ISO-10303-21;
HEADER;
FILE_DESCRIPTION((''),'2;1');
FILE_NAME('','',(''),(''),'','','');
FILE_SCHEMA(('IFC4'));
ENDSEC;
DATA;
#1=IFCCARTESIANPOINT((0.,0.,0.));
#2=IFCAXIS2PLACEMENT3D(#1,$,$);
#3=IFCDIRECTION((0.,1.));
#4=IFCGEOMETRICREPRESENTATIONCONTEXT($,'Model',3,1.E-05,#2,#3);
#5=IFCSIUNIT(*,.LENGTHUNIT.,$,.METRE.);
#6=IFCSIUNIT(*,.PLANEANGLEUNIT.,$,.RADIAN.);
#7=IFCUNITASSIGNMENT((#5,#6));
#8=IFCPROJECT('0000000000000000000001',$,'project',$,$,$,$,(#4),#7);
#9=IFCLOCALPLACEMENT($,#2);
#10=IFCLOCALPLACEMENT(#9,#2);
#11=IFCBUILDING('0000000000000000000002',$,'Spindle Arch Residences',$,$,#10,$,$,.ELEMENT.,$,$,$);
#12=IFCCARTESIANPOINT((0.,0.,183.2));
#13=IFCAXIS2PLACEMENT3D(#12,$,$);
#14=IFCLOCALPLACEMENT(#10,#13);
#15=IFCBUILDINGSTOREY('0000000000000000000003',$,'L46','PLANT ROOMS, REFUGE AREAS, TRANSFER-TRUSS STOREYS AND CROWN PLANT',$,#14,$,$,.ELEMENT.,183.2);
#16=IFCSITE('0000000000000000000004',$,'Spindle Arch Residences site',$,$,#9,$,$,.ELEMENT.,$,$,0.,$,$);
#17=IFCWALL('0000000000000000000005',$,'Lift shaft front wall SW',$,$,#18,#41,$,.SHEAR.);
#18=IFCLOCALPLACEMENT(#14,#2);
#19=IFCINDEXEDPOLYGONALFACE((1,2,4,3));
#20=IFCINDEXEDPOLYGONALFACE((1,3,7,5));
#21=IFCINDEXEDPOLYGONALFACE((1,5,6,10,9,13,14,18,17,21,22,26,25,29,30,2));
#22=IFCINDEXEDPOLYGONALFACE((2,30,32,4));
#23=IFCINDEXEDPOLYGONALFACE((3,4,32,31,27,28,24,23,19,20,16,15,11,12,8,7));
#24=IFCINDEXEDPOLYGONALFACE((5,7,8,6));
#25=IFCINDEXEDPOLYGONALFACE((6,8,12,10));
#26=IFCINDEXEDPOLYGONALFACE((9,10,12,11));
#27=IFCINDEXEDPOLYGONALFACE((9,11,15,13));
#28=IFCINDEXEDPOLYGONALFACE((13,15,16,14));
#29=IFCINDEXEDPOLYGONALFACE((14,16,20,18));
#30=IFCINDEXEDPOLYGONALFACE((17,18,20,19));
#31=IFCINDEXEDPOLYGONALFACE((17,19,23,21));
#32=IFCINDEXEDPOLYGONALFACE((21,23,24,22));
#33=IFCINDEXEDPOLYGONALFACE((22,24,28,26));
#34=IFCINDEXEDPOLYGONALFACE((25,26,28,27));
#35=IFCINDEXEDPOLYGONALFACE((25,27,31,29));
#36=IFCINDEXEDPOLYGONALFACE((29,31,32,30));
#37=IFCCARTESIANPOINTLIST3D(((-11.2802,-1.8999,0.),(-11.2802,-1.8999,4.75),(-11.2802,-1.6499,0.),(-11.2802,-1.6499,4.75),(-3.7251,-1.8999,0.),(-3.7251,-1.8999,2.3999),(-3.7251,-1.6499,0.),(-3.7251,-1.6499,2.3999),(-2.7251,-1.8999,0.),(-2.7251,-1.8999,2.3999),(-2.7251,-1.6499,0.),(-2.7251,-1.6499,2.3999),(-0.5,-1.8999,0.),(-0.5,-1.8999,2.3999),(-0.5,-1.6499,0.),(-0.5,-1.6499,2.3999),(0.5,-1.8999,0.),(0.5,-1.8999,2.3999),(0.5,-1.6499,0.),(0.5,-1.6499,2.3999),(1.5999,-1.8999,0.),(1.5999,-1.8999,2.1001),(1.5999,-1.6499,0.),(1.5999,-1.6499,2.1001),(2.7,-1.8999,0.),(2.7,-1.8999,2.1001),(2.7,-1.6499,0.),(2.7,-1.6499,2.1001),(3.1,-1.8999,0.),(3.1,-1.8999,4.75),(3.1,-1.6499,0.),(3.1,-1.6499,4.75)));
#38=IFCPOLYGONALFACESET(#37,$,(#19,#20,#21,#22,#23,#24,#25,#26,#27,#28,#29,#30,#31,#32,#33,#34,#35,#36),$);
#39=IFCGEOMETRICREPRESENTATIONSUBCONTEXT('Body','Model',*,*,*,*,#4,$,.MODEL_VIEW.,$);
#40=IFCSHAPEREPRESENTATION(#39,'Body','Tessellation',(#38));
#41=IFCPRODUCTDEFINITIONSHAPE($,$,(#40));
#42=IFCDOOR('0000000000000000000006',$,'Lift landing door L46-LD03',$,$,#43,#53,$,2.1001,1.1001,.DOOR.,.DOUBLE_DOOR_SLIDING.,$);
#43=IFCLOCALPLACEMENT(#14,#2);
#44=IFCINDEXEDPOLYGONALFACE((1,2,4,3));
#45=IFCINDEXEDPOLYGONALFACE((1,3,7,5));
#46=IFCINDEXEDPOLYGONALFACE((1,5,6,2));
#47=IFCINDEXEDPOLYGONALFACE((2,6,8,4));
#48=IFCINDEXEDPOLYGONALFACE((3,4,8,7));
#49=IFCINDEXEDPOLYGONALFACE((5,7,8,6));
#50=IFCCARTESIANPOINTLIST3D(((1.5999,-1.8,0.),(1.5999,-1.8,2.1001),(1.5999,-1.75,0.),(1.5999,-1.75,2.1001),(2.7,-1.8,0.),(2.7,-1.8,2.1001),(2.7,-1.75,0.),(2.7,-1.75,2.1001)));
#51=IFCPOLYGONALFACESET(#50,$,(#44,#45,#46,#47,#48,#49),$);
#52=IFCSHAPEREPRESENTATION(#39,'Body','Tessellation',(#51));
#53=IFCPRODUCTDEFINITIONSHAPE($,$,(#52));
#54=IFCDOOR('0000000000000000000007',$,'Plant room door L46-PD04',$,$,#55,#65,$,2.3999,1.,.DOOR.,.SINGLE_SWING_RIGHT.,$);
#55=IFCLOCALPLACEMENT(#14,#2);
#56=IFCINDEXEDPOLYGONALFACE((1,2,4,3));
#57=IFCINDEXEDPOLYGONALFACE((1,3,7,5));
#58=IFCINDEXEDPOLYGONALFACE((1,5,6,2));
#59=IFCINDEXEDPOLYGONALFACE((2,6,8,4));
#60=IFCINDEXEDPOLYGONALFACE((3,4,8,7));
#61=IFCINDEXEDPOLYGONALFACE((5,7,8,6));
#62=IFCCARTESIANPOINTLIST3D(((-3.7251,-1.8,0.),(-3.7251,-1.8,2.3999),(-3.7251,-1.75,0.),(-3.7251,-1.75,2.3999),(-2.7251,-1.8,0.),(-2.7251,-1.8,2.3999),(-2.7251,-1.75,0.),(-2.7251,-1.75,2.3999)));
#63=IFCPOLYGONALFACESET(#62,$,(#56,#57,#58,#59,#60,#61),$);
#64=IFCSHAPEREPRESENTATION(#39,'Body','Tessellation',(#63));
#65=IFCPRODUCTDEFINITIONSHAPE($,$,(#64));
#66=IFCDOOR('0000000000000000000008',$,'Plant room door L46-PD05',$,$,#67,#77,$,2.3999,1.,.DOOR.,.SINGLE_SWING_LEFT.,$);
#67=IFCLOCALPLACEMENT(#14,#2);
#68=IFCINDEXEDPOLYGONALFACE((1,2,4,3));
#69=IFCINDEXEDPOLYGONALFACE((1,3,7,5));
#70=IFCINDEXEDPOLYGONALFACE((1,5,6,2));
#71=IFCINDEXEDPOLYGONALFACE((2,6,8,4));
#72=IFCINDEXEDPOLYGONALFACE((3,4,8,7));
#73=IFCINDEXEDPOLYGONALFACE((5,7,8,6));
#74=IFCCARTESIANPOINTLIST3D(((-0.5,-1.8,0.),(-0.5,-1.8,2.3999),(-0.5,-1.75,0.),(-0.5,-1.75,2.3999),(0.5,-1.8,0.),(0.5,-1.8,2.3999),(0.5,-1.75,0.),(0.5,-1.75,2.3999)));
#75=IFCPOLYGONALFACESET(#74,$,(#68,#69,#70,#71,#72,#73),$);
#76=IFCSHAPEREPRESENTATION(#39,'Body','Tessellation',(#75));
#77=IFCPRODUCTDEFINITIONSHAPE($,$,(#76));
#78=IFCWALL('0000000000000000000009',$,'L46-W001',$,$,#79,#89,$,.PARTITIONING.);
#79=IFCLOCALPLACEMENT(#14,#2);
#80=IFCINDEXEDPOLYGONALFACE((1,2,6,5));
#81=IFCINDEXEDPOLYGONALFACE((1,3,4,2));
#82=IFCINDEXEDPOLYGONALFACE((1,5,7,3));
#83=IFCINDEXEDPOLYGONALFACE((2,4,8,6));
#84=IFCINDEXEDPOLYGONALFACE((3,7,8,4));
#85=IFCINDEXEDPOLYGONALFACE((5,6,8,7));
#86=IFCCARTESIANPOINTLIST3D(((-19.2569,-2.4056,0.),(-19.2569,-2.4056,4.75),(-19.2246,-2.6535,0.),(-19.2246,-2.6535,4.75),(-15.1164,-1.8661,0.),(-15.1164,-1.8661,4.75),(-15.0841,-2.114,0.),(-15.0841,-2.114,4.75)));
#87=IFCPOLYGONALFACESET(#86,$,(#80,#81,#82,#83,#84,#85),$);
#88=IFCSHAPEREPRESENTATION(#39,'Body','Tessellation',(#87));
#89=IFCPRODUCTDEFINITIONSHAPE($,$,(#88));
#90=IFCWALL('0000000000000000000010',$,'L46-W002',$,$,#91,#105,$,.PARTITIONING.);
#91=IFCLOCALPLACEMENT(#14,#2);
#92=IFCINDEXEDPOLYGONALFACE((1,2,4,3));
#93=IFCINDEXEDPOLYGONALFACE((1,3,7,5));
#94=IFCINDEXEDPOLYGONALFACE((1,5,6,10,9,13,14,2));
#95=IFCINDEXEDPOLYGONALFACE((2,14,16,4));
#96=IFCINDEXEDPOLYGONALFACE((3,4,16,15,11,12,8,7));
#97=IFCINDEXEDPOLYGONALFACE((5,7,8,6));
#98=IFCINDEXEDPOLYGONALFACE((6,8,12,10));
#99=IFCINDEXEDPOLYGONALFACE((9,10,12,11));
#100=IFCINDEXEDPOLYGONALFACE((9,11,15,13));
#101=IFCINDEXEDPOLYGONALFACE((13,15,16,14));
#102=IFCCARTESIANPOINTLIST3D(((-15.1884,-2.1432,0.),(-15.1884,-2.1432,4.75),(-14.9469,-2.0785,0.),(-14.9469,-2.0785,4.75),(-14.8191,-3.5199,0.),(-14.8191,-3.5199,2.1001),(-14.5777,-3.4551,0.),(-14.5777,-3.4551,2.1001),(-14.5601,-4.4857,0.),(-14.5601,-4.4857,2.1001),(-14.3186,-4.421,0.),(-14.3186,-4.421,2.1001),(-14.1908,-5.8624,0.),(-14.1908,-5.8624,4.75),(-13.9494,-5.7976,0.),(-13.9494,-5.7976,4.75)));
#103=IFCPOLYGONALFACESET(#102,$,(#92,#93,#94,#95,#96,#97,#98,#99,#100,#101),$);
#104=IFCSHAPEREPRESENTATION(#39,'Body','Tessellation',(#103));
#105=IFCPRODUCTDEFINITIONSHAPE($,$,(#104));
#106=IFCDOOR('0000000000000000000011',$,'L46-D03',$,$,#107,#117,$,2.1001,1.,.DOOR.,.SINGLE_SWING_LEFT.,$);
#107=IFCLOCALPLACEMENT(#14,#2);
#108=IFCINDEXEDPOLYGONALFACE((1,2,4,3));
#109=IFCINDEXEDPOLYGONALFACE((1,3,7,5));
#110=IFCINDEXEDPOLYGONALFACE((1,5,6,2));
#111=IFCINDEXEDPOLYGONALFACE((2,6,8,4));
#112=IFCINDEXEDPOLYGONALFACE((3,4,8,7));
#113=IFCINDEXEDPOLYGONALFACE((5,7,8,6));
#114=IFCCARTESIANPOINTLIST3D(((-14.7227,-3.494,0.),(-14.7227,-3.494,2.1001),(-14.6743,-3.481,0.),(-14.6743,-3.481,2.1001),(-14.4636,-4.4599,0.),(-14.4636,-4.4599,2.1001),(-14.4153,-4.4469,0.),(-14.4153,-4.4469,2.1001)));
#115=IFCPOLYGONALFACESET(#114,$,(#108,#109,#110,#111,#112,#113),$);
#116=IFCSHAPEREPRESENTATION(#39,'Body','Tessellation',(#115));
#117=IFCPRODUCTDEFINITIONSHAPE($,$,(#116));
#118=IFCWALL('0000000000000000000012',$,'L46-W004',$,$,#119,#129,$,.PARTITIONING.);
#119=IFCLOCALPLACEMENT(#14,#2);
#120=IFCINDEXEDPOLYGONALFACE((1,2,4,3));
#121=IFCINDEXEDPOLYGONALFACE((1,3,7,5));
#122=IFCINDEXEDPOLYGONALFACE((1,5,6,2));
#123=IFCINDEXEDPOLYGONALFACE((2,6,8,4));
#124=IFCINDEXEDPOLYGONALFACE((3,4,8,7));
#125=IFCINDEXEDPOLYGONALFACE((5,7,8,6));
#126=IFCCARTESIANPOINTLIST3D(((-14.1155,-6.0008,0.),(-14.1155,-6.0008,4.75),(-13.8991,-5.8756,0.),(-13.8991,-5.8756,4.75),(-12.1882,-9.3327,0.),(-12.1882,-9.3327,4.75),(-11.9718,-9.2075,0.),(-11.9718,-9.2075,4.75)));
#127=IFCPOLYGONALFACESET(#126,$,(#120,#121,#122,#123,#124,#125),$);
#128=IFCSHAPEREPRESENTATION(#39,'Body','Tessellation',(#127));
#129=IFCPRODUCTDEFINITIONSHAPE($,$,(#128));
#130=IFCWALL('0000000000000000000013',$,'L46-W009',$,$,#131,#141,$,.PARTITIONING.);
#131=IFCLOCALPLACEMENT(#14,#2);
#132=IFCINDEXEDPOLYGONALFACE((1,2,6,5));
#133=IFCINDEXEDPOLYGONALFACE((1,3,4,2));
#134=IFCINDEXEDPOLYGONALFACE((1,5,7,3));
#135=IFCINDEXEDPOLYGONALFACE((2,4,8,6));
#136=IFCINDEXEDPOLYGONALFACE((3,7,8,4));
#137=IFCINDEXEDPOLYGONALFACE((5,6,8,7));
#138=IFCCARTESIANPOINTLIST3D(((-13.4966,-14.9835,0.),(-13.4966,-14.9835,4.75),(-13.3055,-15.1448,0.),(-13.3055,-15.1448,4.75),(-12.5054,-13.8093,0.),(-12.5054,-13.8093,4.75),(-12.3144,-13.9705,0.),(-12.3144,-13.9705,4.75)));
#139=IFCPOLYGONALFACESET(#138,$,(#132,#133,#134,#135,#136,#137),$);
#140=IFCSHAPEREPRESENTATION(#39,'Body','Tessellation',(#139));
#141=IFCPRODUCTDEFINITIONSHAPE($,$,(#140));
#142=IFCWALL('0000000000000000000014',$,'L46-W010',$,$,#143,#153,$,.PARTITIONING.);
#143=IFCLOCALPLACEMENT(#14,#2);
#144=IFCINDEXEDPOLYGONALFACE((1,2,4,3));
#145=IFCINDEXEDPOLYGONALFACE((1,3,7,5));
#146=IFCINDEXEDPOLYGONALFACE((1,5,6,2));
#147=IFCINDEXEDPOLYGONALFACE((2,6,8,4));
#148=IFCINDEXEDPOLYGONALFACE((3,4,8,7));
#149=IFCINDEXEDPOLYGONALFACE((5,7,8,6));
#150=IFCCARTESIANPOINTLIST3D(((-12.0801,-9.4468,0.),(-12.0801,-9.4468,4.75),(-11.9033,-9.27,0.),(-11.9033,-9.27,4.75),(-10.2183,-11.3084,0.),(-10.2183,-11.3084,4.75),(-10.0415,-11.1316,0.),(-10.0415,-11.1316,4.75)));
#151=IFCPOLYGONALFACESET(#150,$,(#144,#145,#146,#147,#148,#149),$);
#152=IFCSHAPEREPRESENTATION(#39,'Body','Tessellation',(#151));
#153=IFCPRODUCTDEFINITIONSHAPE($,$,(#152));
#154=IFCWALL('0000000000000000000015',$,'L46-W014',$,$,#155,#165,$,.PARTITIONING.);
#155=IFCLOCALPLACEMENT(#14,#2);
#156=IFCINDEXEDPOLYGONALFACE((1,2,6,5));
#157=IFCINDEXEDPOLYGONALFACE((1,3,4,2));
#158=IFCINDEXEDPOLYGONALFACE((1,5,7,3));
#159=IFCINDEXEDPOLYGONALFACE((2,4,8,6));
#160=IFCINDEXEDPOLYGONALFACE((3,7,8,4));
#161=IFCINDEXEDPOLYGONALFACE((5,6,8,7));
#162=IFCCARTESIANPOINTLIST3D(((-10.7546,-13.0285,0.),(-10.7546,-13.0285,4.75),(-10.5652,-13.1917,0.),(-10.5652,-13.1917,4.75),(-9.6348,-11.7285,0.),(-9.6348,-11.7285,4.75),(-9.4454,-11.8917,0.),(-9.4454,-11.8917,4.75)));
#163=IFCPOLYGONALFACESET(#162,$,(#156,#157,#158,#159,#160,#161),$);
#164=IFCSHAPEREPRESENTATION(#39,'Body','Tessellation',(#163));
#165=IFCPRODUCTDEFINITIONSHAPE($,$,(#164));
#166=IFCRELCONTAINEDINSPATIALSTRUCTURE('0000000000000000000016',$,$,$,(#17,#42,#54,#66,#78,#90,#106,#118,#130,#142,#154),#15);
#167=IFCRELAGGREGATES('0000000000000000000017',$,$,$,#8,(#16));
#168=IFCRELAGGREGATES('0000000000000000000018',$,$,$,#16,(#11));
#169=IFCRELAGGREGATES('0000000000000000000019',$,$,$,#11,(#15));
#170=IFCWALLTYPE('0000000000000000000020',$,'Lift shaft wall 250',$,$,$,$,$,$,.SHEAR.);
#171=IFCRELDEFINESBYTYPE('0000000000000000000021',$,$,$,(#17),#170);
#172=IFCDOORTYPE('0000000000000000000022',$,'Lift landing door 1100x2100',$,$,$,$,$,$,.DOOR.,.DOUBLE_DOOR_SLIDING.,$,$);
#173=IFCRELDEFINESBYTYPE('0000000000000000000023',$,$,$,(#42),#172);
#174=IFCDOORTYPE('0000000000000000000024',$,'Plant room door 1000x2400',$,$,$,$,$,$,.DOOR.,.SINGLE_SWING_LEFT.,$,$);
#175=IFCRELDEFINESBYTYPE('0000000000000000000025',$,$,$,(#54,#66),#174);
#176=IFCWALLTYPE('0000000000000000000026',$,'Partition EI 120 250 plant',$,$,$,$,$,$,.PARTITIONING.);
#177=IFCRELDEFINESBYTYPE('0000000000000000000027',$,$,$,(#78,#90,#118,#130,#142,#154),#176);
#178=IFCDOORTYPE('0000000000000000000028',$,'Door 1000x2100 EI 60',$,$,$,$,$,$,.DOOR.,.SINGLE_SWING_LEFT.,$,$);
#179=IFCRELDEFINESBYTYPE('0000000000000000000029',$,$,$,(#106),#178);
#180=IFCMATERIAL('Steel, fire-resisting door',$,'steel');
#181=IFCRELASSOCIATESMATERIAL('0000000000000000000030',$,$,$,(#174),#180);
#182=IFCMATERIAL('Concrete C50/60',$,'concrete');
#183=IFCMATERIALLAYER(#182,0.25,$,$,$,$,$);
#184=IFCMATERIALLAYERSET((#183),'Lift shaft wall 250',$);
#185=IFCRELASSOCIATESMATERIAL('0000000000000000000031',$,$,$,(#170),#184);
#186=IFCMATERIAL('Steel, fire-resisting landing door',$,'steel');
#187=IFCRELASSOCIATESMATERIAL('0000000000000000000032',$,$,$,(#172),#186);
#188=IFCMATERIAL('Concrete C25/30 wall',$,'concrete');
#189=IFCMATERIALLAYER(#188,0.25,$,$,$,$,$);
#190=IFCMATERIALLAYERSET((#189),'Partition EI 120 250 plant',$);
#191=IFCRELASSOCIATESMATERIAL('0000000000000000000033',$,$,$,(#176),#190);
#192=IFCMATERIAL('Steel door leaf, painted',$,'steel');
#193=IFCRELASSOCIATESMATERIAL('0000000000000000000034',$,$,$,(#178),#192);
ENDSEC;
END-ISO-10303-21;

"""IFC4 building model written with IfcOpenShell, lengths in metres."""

from ifc_helpers import new_model, si_unit, direction, frame, frame_2d, origin, place, context, subcontext, project, spatial, rectangle, extrude, material, layer, layer_set, type_object, element, fill, save


model = new_model("IFC4")

# Units and contexts
model_context = context("Model", 3, precision=1e-05, world=origin(), true_north=direction((0.0, 1.0)))
body_context = subcontext(model_context, "Body", "Model", "MODEL_VIEW")
ifc_project = project(units=[si_unit("LENGTHUNIT", "METRE"), si_unit("PLANEANGLEUNIT", "RADIAN")], contexts=[model_context])

# Site, building, storey
site_placement = place(None, origin())
site = spatial("IfcSite", under=ifc_project, at=site_placement, Name="Spindle Arch Residences site", CompositionType="ELEMENT", RefElevation=0.0)
building_placement = place(site_placement, origin())
building = spatial("IfcBuilding", under=site, at=building_placement, Name="Spindle Arch Residences", CompositionType="ELEMENT")
storey_placement = place(building_placement, frame((0.0, 0.0, 183.2)))
storey = spatial("IfcBuildingStorey", under=building, at=storey_placement, Name="L46", Description="PLANT ROOMS, REFUGE AREAS, TRANSFER-TRUSS STOREYS AND CROWN PLANT", CompositionType="ELEMENT", Elevation=183.2)

# Shared definitions
ifc_material_1 = material(Name="Steel, fire-resisting door", Category="steel")
door_type_1 = type_object("IfcDoorType", Name="Plant room door 1000x2400", OperationType="SINGLE_SWING_LEFT", PredefinedType="DOOR", material=ifc_material_1)

# Wall, openings, doors
ifc_material_2 = material(Name="Concrete C50/60", Category="concrete")
ifc_layer_1 = layer(ifc_material_2, 0.25)
ifc_layer_set_1 = layer_set([ifc_layer_1], Name="Lift shaft wall 250")
wall_type_1 = type_object("IfcWallType", Name="Lift shaft wall 250", PredefinedType="SHEAR", material=ifc_layer_set_1)
wall_1_placement = place(storey_placement, frame((-11.28, -1.7749, 0.0), z_axis=(0.0, 0.0, 1.0), x_axis=(1.0, 0.0, 0.0)))
wall_1 = element("IfcWall", 1, at=wall_1_placement, inside=storey, type_object=wall_type_1, Name="Lift shaft front wall SW", PredefinedType="SHEAR", context=body_context, shape_type="SweptSolid", body=[
    extrude(rectangle(XDim=14.3801, YDim=0.25, at=frame_2d((7.1899, 0.0))), origin(), (0.0, 0.0, 1.0), 4.75),
])
opening_1_placement = place(wall_1_placement, frame((12.8799, 0.0, 0.0)))
opening_1 = element("IfcOpeningElement", 2, at=opening_1_placement, cuts=wall_1, PredefinedType="OPENING", context=body_context, shape_type="SweptSolid", body=[
    extrude(rectangle(XDim=1.1001, YDim=2.1001, at=frame_2d((0.55, 1.05))), frame((0.0, 0.135, 0.0), z_axis=(0.0, -1.0, 0.0), x_axis=(1.0, 0.0, 0.0)), (0.0, 0.0, 1.0), 0.27),
])
opening_2_placement = place(wall_1_placement, frame((7.5549, 0.0, 0.0)))
opening_2 = element("IfcOpeningElement", 3, at=opening_2_placement, cuts=wall_1, PredefinedType="OPENING", context=body_context, shape_type="SweptSolid", body=[
    extrude(rectangle(XDim=1.0, YDim=2.3999, at=frame_2d((0.5, 1.2))), frame((0.0, 0.135, 0.0), z_axis=(0.0, -1.0, 0.0), x_axis=(1.0, 0.0, 0.0)), (0.0, 0.0, 1.0), 0.27),
])
opening_3_placement = place(wall_1_placement, frame((10.78, 0.0, 0.0)))
opening_3 = element("IfcOpeningElement", 4, at=opening_3_placement, cuts=wall_1, PredefinedType="OPENING", context=body_context, shape_type="SweptSolid", body=[
    extrude(rectangle(XDim=1.0, YDim=2.3999, at=frame_2d((0.5, 1.2))), frame((0.0, 0.135, 0.0), z_axis=(0.0, -1.0, 0.0), x_axis=(1.0, 0.0, 0.0)), (0.0, 0.0, 1.0), 0.27),
])
ifc_material_3 = material(Name="Steel, fire-resisting landing door", Category="steel")
door_type_2 = type_object("IfcDoorType", Name="Lift landing door 1100x2100", OperationType="DOUBLE_DOOR_SLIDING", PredefinedType="DOOR", material=ifc_material_3)
door_1_placement = place(opening_1_placement, origin())
door_1 = element("IfcDoor", 5, at=door_1_placement, inside=storey, type_object=door_type_2, Name="Lift landing door L46-LD03", OperationType="DOUBLE_DOOR_SLIDING", OverallHeight=2.1001, OverallWidth=1.1001, PredefinedType="DOOR", context=body_context, shape_type="SweptSolid", body=[
    extrude(rectangle(XDim=1.1001, YDim=2.1001, at=frame_2d((0.55, 1.05))), frame((0.0, 0.0249, 0.0), z_axis=(0.0, -1.0, 0.0), x_axis=(1.0, 0.0, 0.0)), (0.0, 0.0, 1.0), 0.05),
])
fill(opening_1, door_1)
door_2_placement = place(opening_2_placement, origin())
door_2 = element("IfcDoor", 6, at=door_2_placement, inside=storey, type_object=door_type_1, Name="Plant room door L46-PD04", OperationType="SINGLE_SWING_RIGHT", OverallHeight=2.3999, OverallWidth=1.0, PredefinedType="DOOR", context=body_context, shape_type="SweptSolid", body=[
    extrude(rectangle(XDim=1.0, YDim=2.3999, at=frame_2d((0.5, 1.2))), frame((0.0, 0.0249, 0.0), z_axis=(0.0, -1.0, 0.0), x_axis=(1.0, 0.0, 0.0)), (0.0, 0.0, 1.0), 0.05),
])
fill(opening_2, door_2)
door_3_placement = place(opening_3_placement, origin())
door_3 = element("IfcDoor", 7, at=door_3_placement, inside=storey, type_object=door_type_1, Name="Plant room door L46-PD05", OperationType="SINGLE_SWING_LEFT", OverallHeight=2.3999, OverallWidth=1.0, PredefinedType="DOOR", context=body_context, shape_type="SweptSolid", body=[
    extrude(rectangle(XDim=1.0, YDim=2.3999, at=frame_2d((0.5, 1.2))), frame((0.0, 0.0249, 0.0), z_axis=(0.0, -1.0, 0.0), x_axis=(1.0, 0.0, 0.0)), (0.0, 0.0, 1.0), 0.05),
])
fill(opening_3, door_3)

# Wall
ifc_material_4 = material(Name="Concrete C25/30 wall", Category="concrete")
ifc_layer_2 = layer(ifc_material_4, 0.25)
ifc_layer_set_2 = layer_set([ifc_layer_2], Name="Partition EI 120 250 plant")
wall_type_2 = type_object("IfcWallType", Name="Partition EI 120 250 plant", PredefinedType="PARTITIONING", material=ifc_layer_set_2)
wall_2_placement = place(storey_placement, frame((-15.1001, -1.99, 0.0), z_axis=(0.0, 0.0, 1.0), x_axis=(-0.991617, -0.129214, 0.0)))
element("IfcWall", 8, at=wall_2_placement, inside=storey, type_object=wall_type_2, Name="L46-W001", PredefinedType="PARTITIONING", context=body_context, shape_type="SweptSolid", body=[
    extrude(rectangle(XDim=4.1755, YDim=0.25, at=frame_2d((2.0879, 0.0))), origin(), (0.0, 0.0, 1.0), 4.75),
])

# Wall, opening, door
wall_3_placement = place(storey_placement, frame((-15.0676, -2.1108, 0.0), z_axis=(0.0, 0.0, 1.0), x_axis=(0.259059, -0.965861, 0.0)))
wall_3 = element("IfcWall", 9, at=wall_3_placement, inside=storey, type_object=wall_type_2, Name="L46-W002", PredefinedType="PARTITIONING", context=body_context, shape_type="SweptSolid", body=[
    extrude(rectangle(XDim=3.8506, YDim=0.25, at=frame_2d((1.9253, 0.0))), origin(), (0.0, 0.0, 1.0), 4.75),
])
opening_4_placement = place(wall_3_placement, frame((1.4253, 0.0, 0.0)))
opening_4 = element("IfcOpeningElement", 10, at=opening_4_placement, cuts=wall_3, PredefinedType="OPENING", context=body_context, shape_type="SweptSolid", body=[
    extrude(rectangle(XDim=1.0, YDim=2.1001, at=frame_2d((0.5, 1.05))), frame((0.0, 0.135, 0.0), z_axis=(0.0, -1.0, 0.0), x_axis=(1.0, 0.0, 0.0)), (0.0, 0.0, 1.0), 0.27),
])
ifc_material_5 = material(Name="Steel door leaf, painted", Category="steel")
door_type_3 = type_object("IfcDoorType", Name="Door 1000x2100 EI 60", OperationType="SINGLE_SWING_LEFT", PredefinedType="DOOR", material=ifc_material_5)
door_4_placement = place(opening_4_placement, origin())
door_4 = element("IfcDoor", 11, at=door_4_placement, inside=storey, type_object=door_type_3, Name="L46-D03", OperationType="SINGLE_SWING_LEFT", OverallHeight=2.1001, OverallWidth=1.0, PredefinedType="DOOR", context=body_context, shape_type="SweptSolid", body=[
    extrude(rectangle(XDim=1.0, YDim=2.1001, at=frame_2d((0.5, 1.05))), frame((0.0, 0.0249, 0.0), z_axis=(0.0, -1.0, 0.0), x_axis=(1.0, 0.0, 0.0)), (0.0, 0.0, 1.0), 0.05),
])
fill(opening_4, door_4)

# Walls
wall_4_placement = place(storey_placement, frame((-14.0073, -5.9382, 0.0), z_axis=(0.0, 0.0, 1.0), x_axis=(0.500709, -0.865616, 0.0)))
element("IfcWall", 12, at=wall_4_placement, inside=storey, type_object=wall_type_2, Name="L46-W004", PredefinedType="PARTITIONING", context=body_context, shape_type="SweptSolid", body=[
    extrude(rectangle(XDim=3.8491, YDim=0.25, at=frame_2d((1.9246, 0.0))), origin(), (0.0, 0.0, 1.0), 4.75),
])
wall_5_placement = place(storey_placement, frame((-12.4099, -13.8899, 0.0), z_axis=(0.0, 0.0, 1.0), x_axis=(-0.645016, -0.764169, 0.0)))
element("IfcWall", 13, at=wall_5_placement, inside=storey, type_object=wall_type_2, Name="L46-W009", PredefinedType="PARTITIONING", context=body_context, shape_type="SweptSolid", body=[
    extrude(rectangle(XDim=1.5366, YDim=0.25, at=frame_2d((0.7683, 0.0))), origin(), (0.0, 0.0, 1.0), 4.75),
])
wall_6_placement = place(storey_placement, frame((-11.9917, -9.3584, 0.0), z_axis=(0.0, 0.0, 1.0), x_axis=(0.707153, -0.70706, 0.0)))
element("IfcWall", 14, at=wall_6_placement, inside=storey, type_object=wall_type_2, Name="L46-W010", PredefinedType="PARTITIONING", context=body_context, shape_type="SweptSolid", body=[
    extrude(rectangle(XDim=2.6328, YDim=0.25, at=frame_2d((1.3164, 0.0))), origin(), (0.0, 0.0, 1.0), 4.75),
])
wall_7_placement = place(storey_placement, frame((-10.6599, -13.1101, 0.0), z_axis=(0.0, 0.0, 1.0), x_axis=(0.652652, 0.757657, 0.0)))
element("IfcWall", 15, at=wall_7_placement, inside=storey, type_object=wall_type_2, Name="L46-W014", PredefinedType="PARTITIONING", context=body_context, shape_type="SweptSolid", body=[
    extrude(rectangle(XDim=1.7158, YDim=0.25, at=frame_2d((0.8579, 0.0))), origin(), (0.0, 0.0, 1.0), 4.75),
])

save(model, "model.ifc")
